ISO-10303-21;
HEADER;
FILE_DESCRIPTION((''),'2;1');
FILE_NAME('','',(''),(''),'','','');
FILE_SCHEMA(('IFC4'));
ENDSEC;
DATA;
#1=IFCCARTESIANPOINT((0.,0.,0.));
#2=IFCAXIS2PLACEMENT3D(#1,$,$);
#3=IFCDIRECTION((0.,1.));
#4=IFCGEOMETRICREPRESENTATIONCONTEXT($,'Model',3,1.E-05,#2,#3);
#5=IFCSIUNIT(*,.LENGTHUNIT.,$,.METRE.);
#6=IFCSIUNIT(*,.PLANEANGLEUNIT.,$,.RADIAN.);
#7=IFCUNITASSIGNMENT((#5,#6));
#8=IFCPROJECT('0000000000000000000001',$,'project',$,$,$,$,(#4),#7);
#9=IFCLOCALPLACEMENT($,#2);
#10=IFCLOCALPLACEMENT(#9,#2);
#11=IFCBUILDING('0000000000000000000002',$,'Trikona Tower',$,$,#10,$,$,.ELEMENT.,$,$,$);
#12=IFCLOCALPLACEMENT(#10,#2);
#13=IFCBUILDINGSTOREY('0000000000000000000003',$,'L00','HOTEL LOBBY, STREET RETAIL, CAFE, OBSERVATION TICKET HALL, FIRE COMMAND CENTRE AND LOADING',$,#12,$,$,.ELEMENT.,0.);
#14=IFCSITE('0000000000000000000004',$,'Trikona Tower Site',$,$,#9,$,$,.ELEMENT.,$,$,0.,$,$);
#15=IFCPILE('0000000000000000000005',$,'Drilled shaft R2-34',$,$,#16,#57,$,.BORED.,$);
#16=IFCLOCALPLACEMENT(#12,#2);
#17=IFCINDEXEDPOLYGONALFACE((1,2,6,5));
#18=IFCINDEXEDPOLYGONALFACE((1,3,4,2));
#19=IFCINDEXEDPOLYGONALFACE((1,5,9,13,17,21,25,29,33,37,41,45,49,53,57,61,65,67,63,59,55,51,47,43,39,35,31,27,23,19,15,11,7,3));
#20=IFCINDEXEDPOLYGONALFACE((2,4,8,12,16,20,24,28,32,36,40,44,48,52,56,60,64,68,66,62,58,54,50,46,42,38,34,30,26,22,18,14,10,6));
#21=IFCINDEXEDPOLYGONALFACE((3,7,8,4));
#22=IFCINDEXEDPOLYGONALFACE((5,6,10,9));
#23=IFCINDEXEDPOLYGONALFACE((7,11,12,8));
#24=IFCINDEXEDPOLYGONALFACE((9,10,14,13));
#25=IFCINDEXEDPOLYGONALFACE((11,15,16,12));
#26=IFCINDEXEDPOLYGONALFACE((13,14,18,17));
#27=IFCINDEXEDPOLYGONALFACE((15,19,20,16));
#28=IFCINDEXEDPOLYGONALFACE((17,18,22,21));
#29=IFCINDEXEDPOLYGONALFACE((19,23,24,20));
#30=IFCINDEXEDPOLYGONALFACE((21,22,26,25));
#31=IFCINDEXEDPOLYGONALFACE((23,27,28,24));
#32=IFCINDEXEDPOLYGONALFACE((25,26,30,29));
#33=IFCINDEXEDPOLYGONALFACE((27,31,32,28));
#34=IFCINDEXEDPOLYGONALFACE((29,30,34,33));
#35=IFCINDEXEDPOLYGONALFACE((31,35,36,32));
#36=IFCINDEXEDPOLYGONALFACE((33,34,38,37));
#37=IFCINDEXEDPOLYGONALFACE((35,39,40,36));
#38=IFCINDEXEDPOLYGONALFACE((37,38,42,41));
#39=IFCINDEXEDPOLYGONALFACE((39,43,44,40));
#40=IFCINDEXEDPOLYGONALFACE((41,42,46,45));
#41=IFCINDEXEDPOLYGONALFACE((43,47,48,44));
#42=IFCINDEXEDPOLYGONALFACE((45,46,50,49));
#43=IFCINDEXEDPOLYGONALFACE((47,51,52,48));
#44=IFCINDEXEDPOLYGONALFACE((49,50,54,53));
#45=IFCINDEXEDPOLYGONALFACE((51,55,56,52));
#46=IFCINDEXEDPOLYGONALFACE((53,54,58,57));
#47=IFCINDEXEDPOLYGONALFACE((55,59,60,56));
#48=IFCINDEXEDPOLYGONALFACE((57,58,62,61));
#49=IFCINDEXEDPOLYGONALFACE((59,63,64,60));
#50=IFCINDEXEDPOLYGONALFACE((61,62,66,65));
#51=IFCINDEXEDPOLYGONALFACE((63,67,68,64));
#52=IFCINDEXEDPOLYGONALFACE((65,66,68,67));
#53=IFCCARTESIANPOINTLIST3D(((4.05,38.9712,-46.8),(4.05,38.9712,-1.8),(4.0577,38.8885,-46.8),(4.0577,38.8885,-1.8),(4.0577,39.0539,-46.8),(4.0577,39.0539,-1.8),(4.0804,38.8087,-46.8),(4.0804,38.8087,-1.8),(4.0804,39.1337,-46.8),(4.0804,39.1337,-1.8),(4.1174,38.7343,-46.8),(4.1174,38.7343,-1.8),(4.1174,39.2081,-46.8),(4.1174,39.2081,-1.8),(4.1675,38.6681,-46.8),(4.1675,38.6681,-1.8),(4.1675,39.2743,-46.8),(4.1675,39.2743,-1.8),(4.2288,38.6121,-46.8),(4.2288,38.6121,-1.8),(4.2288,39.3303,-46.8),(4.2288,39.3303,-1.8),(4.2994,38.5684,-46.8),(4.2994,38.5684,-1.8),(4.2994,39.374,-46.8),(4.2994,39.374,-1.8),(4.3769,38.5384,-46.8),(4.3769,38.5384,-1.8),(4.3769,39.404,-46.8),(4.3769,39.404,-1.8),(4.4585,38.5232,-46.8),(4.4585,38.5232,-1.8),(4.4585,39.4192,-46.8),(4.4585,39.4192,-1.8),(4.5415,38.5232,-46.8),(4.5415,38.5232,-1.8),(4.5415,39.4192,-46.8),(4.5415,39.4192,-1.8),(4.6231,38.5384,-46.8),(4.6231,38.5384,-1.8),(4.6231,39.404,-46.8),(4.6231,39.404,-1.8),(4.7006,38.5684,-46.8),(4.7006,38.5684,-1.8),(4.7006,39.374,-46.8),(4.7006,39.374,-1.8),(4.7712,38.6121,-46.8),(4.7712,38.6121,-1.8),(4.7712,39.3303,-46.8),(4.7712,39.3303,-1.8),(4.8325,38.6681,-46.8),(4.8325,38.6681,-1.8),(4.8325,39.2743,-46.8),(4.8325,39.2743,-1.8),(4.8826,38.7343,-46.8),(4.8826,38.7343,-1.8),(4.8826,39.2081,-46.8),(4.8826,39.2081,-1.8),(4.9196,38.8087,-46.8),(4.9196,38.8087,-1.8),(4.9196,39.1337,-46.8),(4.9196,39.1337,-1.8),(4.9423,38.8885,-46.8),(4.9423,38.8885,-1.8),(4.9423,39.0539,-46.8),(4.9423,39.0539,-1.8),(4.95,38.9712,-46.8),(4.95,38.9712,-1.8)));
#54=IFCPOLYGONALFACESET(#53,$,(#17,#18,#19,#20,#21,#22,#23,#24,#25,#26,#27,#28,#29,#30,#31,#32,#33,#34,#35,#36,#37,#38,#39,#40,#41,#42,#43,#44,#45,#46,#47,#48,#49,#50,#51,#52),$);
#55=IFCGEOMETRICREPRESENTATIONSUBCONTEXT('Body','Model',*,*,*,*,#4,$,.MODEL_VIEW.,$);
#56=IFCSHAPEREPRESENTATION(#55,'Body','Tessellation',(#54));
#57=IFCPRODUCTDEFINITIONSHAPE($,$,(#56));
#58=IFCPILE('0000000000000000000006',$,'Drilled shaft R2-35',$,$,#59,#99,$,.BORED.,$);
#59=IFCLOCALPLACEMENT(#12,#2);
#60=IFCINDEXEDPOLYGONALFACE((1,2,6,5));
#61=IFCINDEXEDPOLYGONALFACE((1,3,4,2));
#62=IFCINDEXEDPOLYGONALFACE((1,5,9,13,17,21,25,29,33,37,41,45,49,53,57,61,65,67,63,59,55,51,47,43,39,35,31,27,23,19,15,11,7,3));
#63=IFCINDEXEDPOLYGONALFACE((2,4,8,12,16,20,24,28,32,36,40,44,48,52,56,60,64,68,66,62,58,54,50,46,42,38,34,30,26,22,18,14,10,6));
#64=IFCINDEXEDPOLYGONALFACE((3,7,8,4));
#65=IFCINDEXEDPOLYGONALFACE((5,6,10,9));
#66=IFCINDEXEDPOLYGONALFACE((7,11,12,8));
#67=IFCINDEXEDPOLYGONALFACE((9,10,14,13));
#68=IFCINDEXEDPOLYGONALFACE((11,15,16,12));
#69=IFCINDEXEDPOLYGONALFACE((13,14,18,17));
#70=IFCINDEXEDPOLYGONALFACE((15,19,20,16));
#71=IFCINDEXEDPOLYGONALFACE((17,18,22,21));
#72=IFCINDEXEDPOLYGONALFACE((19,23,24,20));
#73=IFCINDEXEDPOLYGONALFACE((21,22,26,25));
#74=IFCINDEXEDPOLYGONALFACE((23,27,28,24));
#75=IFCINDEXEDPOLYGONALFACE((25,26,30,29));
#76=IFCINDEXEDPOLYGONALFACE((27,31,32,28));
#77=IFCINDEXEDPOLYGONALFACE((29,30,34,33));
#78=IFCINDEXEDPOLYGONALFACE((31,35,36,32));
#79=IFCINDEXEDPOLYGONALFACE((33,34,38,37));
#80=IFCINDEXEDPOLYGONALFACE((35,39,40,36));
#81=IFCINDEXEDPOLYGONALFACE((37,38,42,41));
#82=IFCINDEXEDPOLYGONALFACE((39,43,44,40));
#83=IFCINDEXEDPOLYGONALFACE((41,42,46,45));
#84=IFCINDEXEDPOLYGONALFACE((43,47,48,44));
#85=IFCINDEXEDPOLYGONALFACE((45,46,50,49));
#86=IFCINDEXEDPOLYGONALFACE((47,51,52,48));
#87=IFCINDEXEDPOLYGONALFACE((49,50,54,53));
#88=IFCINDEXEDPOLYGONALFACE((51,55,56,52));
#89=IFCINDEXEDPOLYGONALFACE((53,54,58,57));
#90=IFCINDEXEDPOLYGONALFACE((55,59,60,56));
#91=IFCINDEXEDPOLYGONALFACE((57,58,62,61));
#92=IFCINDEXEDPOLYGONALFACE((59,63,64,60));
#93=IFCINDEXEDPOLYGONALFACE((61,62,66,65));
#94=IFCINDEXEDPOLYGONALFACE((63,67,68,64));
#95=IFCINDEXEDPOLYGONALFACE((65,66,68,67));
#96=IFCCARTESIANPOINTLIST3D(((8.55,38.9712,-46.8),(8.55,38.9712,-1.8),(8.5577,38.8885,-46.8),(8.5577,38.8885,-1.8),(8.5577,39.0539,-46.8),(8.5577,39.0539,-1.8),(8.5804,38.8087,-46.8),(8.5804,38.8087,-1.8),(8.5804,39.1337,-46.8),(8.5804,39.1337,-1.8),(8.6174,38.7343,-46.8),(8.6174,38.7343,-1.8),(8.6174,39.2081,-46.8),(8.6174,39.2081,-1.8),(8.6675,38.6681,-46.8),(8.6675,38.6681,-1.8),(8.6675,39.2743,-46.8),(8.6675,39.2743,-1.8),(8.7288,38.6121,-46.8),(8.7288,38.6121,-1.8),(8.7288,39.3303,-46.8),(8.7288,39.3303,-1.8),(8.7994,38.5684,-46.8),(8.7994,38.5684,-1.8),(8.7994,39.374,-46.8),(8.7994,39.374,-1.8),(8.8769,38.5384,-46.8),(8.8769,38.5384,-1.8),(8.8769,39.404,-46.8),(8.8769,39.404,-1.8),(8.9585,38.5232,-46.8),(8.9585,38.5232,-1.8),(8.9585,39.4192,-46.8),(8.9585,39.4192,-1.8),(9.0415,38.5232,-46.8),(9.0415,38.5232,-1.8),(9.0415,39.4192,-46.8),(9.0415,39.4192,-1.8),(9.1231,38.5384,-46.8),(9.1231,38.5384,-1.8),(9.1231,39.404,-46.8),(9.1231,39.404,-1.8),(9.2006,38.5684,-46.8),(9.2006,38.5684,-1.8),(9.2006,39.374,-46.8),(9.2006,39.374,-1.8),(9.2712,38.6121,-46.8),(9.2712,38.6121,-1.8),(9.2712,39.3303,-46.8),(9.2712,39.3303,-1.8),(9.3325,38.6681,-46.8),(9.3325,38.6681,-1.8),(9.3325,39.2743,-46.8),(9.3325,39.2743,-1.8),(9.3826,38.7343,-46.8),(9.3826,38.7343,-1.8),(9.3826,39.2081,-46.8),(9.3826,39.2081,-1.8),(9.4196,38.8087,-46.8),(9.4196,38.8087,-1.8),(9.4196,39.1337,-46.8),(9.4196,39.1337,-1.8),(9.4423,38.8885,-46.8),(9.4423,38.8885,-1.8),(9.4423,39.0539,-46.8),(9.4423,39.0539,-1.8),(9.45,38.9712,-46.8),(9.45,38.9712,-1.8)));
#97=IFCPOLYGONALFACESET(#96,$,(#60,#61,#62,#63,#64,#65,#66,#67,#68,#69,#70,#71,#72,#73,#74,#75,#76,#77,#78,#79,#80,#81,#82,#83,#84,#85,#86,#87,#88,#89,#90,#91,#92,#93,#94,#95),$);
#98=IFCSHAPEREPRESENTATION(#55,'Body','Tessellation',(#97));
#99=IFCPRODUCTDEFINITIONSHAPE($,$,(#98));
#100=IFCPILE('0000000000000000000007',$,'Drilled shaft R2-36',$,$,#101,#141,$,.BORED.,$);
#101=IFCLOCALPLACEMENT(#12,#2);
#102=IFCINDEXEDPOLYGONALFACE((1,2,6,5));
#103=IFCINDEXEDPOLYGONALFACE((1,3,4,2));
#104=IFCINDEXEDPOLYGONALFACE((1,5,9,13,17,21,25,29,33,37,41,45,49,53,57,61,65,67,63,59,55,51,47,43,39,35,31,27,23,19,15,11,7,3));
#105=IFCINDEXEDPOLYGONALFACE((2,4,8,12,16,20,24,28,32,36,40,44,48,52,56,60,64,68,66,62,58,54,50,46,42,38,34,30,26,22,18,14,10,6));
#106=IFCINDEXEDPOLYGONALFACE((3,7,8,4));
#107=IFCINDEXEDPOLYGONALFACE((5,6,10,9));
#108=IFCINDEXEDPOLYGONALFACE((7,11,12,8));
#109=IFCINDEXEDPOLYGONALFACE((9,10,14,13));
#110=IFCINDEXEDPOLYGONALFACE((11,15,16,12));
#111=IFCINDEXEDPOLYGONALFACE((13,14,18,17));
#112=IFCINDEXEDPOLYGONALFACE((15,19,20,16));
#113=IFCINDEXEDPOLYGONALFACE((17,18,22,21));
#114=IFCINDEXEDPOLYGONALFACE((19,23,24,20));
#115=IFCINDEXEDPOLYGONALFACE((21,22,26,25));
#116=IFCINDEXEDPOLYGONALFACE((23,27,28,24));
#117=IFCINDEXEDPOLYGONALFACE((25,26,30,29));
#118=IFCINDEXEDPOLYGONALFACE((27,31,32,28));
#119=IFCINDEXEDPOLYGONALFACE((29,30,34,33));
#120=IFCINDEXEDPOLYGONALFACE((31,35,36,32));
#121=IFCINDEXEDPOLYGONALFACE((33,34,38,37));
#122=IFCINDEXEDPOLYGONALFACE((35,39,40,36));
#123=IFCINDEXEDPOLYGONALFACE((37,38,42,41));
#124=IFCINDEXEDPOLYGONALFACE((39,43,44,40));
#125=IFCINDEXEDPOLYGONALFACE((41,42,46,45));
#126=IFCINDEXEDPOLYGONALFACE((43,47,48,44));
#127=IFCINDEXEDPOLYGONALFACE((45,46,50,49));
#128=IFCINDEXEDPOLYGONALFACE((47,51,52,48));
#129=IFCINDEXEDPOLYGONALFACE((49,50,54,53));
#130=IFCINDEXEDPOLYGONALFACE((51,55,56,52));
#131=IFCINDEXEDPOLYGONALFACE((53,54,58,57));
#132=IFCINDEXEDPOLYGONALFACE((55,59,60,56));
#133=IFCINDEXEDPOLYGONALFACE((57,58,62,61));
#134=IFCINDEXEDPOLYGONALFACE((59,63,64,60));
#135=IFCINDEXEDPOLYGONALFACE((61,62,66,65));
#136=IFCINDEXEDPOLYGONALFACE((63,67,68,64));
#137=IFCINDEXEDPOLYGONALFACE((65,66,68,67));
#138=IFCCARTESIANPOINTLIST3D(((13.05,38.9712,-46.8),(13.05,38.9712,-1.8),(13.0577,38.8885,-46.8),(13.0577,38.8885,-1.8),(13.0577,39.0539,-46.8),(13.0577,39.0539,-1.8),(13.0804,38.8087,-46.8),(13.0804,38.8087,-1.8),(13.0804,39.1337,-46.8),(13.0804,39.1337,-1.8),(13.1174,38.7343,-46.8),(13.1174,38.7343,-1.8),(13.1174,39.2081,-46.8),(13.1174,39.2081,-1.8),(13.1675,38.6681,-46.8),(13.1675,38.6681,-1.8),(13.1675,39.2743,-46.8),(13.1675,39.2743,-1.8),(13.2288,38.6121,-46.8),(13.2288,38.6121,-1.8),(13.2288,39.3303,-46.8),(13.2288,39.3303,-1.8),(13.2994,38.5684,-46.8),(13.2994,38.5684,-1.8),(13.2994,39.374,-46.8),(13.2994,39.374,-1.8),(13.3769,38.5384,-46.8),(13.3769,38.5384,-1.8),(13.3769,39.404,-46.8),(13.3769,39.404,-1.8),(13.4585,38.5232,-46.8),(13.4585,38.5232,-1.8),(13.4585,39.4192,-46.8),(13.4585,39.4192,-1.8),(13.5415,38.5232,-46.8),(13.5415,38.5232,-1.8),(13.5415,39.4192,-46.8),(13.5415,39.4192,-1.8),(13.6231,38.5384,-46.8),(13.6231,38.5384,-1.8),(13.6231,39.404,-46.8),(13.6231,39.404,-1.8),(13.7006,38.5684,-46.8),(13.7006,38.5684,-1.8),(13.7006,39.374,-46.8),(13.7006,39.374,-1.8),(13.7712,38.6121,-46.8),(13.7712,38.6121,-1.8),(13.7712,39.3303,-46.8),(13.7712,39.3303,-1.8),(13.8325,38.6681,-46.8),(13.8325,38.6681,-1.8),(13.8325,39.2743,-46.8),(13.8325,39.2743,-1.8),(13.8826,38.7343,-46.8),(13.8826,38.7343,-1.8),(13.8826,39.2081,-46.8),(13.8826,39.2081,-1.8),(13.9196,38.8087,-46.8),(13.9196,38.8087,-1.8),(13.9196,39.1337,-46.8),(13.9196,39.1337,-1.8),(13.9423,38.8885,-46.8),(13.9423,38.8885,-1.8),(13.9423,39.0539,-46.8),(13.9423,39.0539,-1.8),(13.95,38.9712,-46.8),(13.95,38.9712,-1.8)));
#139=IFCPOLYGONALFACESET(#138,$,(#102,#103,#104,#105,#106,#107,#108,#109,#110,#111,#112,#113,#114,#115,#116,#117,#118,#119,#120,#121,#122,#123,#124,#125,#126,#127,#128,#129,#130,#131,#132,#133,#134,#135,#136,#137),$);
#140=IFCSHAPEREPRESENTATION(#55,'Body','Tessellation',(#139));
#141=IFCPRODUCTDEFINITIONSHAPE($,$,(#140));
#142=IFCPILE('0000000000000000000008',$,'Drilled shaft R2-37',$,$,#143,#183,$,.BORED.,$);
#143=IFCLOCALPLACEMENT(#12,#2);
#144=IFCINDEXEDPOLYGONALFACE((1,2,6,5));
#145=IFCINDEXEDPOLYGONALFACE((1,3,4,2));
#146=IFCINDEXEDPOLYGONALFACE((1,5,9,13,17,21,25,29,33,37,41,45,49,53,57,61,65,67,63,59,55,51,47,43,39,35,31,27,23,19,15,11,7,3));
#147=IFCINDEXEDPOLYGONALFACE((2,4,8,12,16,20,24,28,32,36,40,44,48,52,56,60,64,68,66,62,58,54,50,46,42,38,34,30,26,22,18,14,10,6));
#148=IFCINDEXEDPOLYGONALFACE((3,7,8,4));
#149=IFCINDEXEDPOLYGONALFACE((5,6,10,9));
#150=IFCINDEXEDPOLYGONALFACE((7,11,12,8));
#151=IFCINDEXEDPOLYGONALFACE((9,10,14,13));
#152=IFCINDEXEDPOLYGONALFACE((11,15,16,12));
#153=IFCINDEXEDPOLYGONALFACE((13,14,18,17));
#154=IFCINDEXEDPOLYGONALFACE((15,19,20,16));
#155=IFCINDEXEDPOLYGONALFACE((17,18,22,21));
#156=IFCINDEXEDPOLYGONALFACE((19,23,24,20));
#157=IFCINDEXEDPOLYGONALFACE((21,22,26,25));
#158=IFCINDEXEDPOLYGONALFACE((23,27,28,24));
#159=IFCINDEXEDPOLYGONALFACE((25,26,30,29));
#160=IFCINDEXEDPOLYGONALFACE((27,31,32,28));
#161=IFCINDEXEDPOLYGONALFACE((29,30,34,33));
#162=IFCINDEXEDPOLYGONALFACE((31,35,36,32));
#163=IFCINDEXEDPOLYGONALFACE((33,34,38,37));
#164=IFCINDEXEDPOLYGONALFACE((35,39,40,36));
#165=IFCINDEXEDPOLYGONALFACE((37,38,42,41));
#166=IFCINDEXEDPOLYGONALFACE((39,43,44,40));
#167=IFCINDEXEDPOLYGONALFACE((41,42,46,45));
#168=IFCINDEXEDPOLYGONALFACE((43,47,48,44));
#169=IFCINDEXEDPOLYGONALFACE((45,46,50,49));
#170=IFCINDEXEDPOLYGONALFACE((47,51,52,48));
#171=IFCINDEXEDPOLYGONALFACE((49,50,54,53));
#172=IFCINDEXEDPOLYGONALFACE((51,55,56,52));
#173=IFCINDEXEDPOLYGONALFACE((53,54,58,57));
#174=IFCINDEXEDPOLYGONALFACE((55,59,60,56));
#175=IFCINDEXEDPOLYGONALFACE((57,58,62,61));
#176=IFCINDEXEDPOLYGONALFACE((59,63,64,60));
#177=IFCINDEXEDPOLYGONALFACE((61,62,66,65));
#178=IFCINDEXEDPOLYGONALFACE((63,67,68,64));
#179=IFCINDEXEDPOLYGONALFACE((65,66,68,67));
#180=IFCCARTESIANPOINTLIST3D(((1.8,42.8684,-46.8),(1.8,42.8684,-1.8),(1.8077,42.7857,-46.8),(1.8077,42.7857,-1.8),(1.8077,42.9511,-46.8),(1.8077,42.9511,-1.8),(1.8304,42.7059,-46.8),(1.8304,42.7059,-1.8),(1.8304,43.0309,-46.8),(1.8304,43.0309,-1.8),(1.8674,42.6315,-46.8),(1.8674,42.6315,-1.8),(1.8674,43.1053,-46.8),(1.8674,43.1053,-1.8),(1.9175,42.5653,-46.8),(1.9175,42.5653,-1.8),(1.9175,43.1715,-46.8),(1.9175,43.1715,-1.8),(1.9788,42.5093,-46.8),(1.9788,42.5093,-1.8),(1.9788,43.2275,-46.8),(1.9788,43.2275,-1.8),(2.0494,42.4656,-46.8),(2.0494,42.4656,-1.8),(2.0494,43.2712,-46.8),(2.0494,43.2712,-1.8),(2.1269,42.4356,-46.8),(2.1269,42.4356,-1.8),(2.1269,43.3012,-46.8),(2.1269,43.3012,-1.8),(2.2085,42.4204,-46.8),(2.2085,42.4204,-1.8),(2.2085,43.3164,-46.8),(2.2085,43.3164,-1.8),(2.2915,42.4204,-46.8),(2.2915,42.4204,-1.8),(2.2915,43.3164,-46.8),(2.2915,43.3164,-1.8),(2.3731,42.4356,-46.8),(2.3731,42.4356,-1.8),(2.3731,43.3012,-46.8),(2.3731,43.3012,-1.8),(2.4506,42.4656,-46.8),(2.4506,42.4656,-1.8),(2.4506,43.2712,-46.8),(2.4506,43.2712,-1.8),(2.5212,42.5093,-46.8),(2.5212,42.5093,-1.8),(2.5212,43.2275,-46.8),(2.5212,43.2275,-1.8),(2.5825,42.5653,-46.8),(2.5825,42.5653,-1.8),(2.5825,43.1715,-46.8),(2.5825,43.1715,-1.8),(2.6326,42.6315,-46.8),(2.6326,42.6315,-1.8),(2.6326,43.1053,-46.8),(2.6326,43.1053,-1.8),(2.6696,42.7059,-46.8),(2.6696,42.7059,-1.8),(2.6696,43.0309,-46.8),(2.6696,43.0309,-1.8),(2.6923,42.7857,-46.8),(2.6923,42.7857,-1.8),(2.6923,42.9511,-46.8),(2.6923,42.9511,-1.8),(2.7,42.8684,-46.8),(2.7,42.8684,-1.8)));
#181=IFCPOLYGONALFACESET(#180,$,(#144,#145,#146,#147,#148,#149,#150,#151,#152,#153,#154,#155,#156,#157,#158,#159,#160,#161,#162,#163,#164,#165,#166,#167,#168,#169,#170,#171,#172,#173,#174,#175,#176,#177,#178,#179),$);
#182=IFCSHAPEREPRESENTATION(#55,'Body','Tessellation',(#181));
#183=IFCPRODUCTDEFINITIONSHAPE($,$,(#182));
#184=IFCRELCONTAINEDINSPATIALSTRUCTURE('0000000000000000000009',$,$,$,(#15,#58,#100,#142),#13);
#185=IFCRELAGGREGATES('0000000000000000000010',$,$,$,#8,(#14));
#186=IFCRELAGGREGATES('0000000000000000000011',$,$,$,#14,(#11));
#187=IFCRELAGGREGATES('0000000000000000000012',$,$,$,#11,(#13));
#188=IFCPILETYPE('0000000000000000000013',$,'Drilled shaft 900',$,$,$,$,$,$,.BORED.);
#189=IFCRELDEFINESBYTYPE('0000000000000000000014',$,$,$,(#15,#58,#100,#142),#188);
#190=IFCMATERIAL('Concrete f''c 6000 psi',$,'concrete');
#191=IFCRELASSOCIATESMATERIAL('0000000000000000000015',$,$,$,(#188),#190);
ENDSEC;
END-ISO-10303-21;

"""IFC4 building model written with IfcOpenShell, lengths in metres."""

from ifc_helpers import new_model, si_unit, direction, frame, origin, origin_2d, place, context, subcontext, project, spatial, circle, extrude, material, type_object, element, save


model = new_model("IFC4")

# Units and contexts
model_context = context("Model", 3, precision=1e-05, world=origin(), true_north=direction((0.0, 1.0)))
body_context = subcontext(model_context, "Body", "Model", "MODEL_VIEW")
ifc_project = project(units=[si_unit("LENGTHUNIT", "METRE"), si_unit("PLANEANGLEUNIT", "RADIAN")], contexts=[model_context])

# Site, building, storey
site_placement = place(None, origin())
site = spatial("IfcSite", under=ifc_project, at=site_placement, Name="Trikona Tower Site", CompositionType="ELEMENT", RefElevation=0.0)
building_placement = place(site_placement, origin())
building = spatial("IfcBuilding", under=site, at=building_placement, Name="Trikona Tower", CompositionType="ELEMENT")
storey_placement = place(building_placement, origin())
storey = spatial("IfcBuildingStorey", under=building, at=storey_placement, Name="L00", Description="HOTEL LOBBY, STREET RETAIL, CAFE, OBSERVATION TICKET HALL, FIRE COMMAND CENTRE AND LOADING", CompositionType="ELEMENT", Elevation=0.0)

# Piles
ifc_material_1 = material(Name="Concrete f'c 6000 psi", Category="concrete")
pile_type = type_object("IfcPileType", Name="Drilled shaft 900", PredefinedType="BORED", material=ifc_material_1)
for number, where, z_axis, x_axis, name in (
    (1, (4.5, 38.9712, -1.8), (0.0, 0.0, -1.0), (1.0, 0.0, 0.0), "Drilled shaft R2-34"),
    (2, (9.0, 38.9712, -1.8), (0.0, 0.0, -1.0), (1.0, 0.0, 0.0), "Drilled shaft R2-35"),
    (3, (13.5, 38.9712, -1.8), (0.0, 0.0, -1.0), (1.0, 0.0, 0.0), "Drilled shaft R2-36"),
    (4, (2.25, 42.8684, -1.8), (0.0, 0.0, -1.0), (1.0, 0.0, 0.0), "Drilled shaft R2-37"),
):
    element("IfcPile", number, at=place(storey_placement, frame(where, z_axis=z_axis, x_axis=x_axis)), inside=storey, type_object=pile_type, Name=name, PredefinedType="BORED", context=body_context, shape_type="SweptSolid", body=[
        extrude(circle(Radius=0.45, at=origin_2d()), origin(), (0.0, 0.0, 1.0), 45.0),
    ])

save(model, "model.ifc")
